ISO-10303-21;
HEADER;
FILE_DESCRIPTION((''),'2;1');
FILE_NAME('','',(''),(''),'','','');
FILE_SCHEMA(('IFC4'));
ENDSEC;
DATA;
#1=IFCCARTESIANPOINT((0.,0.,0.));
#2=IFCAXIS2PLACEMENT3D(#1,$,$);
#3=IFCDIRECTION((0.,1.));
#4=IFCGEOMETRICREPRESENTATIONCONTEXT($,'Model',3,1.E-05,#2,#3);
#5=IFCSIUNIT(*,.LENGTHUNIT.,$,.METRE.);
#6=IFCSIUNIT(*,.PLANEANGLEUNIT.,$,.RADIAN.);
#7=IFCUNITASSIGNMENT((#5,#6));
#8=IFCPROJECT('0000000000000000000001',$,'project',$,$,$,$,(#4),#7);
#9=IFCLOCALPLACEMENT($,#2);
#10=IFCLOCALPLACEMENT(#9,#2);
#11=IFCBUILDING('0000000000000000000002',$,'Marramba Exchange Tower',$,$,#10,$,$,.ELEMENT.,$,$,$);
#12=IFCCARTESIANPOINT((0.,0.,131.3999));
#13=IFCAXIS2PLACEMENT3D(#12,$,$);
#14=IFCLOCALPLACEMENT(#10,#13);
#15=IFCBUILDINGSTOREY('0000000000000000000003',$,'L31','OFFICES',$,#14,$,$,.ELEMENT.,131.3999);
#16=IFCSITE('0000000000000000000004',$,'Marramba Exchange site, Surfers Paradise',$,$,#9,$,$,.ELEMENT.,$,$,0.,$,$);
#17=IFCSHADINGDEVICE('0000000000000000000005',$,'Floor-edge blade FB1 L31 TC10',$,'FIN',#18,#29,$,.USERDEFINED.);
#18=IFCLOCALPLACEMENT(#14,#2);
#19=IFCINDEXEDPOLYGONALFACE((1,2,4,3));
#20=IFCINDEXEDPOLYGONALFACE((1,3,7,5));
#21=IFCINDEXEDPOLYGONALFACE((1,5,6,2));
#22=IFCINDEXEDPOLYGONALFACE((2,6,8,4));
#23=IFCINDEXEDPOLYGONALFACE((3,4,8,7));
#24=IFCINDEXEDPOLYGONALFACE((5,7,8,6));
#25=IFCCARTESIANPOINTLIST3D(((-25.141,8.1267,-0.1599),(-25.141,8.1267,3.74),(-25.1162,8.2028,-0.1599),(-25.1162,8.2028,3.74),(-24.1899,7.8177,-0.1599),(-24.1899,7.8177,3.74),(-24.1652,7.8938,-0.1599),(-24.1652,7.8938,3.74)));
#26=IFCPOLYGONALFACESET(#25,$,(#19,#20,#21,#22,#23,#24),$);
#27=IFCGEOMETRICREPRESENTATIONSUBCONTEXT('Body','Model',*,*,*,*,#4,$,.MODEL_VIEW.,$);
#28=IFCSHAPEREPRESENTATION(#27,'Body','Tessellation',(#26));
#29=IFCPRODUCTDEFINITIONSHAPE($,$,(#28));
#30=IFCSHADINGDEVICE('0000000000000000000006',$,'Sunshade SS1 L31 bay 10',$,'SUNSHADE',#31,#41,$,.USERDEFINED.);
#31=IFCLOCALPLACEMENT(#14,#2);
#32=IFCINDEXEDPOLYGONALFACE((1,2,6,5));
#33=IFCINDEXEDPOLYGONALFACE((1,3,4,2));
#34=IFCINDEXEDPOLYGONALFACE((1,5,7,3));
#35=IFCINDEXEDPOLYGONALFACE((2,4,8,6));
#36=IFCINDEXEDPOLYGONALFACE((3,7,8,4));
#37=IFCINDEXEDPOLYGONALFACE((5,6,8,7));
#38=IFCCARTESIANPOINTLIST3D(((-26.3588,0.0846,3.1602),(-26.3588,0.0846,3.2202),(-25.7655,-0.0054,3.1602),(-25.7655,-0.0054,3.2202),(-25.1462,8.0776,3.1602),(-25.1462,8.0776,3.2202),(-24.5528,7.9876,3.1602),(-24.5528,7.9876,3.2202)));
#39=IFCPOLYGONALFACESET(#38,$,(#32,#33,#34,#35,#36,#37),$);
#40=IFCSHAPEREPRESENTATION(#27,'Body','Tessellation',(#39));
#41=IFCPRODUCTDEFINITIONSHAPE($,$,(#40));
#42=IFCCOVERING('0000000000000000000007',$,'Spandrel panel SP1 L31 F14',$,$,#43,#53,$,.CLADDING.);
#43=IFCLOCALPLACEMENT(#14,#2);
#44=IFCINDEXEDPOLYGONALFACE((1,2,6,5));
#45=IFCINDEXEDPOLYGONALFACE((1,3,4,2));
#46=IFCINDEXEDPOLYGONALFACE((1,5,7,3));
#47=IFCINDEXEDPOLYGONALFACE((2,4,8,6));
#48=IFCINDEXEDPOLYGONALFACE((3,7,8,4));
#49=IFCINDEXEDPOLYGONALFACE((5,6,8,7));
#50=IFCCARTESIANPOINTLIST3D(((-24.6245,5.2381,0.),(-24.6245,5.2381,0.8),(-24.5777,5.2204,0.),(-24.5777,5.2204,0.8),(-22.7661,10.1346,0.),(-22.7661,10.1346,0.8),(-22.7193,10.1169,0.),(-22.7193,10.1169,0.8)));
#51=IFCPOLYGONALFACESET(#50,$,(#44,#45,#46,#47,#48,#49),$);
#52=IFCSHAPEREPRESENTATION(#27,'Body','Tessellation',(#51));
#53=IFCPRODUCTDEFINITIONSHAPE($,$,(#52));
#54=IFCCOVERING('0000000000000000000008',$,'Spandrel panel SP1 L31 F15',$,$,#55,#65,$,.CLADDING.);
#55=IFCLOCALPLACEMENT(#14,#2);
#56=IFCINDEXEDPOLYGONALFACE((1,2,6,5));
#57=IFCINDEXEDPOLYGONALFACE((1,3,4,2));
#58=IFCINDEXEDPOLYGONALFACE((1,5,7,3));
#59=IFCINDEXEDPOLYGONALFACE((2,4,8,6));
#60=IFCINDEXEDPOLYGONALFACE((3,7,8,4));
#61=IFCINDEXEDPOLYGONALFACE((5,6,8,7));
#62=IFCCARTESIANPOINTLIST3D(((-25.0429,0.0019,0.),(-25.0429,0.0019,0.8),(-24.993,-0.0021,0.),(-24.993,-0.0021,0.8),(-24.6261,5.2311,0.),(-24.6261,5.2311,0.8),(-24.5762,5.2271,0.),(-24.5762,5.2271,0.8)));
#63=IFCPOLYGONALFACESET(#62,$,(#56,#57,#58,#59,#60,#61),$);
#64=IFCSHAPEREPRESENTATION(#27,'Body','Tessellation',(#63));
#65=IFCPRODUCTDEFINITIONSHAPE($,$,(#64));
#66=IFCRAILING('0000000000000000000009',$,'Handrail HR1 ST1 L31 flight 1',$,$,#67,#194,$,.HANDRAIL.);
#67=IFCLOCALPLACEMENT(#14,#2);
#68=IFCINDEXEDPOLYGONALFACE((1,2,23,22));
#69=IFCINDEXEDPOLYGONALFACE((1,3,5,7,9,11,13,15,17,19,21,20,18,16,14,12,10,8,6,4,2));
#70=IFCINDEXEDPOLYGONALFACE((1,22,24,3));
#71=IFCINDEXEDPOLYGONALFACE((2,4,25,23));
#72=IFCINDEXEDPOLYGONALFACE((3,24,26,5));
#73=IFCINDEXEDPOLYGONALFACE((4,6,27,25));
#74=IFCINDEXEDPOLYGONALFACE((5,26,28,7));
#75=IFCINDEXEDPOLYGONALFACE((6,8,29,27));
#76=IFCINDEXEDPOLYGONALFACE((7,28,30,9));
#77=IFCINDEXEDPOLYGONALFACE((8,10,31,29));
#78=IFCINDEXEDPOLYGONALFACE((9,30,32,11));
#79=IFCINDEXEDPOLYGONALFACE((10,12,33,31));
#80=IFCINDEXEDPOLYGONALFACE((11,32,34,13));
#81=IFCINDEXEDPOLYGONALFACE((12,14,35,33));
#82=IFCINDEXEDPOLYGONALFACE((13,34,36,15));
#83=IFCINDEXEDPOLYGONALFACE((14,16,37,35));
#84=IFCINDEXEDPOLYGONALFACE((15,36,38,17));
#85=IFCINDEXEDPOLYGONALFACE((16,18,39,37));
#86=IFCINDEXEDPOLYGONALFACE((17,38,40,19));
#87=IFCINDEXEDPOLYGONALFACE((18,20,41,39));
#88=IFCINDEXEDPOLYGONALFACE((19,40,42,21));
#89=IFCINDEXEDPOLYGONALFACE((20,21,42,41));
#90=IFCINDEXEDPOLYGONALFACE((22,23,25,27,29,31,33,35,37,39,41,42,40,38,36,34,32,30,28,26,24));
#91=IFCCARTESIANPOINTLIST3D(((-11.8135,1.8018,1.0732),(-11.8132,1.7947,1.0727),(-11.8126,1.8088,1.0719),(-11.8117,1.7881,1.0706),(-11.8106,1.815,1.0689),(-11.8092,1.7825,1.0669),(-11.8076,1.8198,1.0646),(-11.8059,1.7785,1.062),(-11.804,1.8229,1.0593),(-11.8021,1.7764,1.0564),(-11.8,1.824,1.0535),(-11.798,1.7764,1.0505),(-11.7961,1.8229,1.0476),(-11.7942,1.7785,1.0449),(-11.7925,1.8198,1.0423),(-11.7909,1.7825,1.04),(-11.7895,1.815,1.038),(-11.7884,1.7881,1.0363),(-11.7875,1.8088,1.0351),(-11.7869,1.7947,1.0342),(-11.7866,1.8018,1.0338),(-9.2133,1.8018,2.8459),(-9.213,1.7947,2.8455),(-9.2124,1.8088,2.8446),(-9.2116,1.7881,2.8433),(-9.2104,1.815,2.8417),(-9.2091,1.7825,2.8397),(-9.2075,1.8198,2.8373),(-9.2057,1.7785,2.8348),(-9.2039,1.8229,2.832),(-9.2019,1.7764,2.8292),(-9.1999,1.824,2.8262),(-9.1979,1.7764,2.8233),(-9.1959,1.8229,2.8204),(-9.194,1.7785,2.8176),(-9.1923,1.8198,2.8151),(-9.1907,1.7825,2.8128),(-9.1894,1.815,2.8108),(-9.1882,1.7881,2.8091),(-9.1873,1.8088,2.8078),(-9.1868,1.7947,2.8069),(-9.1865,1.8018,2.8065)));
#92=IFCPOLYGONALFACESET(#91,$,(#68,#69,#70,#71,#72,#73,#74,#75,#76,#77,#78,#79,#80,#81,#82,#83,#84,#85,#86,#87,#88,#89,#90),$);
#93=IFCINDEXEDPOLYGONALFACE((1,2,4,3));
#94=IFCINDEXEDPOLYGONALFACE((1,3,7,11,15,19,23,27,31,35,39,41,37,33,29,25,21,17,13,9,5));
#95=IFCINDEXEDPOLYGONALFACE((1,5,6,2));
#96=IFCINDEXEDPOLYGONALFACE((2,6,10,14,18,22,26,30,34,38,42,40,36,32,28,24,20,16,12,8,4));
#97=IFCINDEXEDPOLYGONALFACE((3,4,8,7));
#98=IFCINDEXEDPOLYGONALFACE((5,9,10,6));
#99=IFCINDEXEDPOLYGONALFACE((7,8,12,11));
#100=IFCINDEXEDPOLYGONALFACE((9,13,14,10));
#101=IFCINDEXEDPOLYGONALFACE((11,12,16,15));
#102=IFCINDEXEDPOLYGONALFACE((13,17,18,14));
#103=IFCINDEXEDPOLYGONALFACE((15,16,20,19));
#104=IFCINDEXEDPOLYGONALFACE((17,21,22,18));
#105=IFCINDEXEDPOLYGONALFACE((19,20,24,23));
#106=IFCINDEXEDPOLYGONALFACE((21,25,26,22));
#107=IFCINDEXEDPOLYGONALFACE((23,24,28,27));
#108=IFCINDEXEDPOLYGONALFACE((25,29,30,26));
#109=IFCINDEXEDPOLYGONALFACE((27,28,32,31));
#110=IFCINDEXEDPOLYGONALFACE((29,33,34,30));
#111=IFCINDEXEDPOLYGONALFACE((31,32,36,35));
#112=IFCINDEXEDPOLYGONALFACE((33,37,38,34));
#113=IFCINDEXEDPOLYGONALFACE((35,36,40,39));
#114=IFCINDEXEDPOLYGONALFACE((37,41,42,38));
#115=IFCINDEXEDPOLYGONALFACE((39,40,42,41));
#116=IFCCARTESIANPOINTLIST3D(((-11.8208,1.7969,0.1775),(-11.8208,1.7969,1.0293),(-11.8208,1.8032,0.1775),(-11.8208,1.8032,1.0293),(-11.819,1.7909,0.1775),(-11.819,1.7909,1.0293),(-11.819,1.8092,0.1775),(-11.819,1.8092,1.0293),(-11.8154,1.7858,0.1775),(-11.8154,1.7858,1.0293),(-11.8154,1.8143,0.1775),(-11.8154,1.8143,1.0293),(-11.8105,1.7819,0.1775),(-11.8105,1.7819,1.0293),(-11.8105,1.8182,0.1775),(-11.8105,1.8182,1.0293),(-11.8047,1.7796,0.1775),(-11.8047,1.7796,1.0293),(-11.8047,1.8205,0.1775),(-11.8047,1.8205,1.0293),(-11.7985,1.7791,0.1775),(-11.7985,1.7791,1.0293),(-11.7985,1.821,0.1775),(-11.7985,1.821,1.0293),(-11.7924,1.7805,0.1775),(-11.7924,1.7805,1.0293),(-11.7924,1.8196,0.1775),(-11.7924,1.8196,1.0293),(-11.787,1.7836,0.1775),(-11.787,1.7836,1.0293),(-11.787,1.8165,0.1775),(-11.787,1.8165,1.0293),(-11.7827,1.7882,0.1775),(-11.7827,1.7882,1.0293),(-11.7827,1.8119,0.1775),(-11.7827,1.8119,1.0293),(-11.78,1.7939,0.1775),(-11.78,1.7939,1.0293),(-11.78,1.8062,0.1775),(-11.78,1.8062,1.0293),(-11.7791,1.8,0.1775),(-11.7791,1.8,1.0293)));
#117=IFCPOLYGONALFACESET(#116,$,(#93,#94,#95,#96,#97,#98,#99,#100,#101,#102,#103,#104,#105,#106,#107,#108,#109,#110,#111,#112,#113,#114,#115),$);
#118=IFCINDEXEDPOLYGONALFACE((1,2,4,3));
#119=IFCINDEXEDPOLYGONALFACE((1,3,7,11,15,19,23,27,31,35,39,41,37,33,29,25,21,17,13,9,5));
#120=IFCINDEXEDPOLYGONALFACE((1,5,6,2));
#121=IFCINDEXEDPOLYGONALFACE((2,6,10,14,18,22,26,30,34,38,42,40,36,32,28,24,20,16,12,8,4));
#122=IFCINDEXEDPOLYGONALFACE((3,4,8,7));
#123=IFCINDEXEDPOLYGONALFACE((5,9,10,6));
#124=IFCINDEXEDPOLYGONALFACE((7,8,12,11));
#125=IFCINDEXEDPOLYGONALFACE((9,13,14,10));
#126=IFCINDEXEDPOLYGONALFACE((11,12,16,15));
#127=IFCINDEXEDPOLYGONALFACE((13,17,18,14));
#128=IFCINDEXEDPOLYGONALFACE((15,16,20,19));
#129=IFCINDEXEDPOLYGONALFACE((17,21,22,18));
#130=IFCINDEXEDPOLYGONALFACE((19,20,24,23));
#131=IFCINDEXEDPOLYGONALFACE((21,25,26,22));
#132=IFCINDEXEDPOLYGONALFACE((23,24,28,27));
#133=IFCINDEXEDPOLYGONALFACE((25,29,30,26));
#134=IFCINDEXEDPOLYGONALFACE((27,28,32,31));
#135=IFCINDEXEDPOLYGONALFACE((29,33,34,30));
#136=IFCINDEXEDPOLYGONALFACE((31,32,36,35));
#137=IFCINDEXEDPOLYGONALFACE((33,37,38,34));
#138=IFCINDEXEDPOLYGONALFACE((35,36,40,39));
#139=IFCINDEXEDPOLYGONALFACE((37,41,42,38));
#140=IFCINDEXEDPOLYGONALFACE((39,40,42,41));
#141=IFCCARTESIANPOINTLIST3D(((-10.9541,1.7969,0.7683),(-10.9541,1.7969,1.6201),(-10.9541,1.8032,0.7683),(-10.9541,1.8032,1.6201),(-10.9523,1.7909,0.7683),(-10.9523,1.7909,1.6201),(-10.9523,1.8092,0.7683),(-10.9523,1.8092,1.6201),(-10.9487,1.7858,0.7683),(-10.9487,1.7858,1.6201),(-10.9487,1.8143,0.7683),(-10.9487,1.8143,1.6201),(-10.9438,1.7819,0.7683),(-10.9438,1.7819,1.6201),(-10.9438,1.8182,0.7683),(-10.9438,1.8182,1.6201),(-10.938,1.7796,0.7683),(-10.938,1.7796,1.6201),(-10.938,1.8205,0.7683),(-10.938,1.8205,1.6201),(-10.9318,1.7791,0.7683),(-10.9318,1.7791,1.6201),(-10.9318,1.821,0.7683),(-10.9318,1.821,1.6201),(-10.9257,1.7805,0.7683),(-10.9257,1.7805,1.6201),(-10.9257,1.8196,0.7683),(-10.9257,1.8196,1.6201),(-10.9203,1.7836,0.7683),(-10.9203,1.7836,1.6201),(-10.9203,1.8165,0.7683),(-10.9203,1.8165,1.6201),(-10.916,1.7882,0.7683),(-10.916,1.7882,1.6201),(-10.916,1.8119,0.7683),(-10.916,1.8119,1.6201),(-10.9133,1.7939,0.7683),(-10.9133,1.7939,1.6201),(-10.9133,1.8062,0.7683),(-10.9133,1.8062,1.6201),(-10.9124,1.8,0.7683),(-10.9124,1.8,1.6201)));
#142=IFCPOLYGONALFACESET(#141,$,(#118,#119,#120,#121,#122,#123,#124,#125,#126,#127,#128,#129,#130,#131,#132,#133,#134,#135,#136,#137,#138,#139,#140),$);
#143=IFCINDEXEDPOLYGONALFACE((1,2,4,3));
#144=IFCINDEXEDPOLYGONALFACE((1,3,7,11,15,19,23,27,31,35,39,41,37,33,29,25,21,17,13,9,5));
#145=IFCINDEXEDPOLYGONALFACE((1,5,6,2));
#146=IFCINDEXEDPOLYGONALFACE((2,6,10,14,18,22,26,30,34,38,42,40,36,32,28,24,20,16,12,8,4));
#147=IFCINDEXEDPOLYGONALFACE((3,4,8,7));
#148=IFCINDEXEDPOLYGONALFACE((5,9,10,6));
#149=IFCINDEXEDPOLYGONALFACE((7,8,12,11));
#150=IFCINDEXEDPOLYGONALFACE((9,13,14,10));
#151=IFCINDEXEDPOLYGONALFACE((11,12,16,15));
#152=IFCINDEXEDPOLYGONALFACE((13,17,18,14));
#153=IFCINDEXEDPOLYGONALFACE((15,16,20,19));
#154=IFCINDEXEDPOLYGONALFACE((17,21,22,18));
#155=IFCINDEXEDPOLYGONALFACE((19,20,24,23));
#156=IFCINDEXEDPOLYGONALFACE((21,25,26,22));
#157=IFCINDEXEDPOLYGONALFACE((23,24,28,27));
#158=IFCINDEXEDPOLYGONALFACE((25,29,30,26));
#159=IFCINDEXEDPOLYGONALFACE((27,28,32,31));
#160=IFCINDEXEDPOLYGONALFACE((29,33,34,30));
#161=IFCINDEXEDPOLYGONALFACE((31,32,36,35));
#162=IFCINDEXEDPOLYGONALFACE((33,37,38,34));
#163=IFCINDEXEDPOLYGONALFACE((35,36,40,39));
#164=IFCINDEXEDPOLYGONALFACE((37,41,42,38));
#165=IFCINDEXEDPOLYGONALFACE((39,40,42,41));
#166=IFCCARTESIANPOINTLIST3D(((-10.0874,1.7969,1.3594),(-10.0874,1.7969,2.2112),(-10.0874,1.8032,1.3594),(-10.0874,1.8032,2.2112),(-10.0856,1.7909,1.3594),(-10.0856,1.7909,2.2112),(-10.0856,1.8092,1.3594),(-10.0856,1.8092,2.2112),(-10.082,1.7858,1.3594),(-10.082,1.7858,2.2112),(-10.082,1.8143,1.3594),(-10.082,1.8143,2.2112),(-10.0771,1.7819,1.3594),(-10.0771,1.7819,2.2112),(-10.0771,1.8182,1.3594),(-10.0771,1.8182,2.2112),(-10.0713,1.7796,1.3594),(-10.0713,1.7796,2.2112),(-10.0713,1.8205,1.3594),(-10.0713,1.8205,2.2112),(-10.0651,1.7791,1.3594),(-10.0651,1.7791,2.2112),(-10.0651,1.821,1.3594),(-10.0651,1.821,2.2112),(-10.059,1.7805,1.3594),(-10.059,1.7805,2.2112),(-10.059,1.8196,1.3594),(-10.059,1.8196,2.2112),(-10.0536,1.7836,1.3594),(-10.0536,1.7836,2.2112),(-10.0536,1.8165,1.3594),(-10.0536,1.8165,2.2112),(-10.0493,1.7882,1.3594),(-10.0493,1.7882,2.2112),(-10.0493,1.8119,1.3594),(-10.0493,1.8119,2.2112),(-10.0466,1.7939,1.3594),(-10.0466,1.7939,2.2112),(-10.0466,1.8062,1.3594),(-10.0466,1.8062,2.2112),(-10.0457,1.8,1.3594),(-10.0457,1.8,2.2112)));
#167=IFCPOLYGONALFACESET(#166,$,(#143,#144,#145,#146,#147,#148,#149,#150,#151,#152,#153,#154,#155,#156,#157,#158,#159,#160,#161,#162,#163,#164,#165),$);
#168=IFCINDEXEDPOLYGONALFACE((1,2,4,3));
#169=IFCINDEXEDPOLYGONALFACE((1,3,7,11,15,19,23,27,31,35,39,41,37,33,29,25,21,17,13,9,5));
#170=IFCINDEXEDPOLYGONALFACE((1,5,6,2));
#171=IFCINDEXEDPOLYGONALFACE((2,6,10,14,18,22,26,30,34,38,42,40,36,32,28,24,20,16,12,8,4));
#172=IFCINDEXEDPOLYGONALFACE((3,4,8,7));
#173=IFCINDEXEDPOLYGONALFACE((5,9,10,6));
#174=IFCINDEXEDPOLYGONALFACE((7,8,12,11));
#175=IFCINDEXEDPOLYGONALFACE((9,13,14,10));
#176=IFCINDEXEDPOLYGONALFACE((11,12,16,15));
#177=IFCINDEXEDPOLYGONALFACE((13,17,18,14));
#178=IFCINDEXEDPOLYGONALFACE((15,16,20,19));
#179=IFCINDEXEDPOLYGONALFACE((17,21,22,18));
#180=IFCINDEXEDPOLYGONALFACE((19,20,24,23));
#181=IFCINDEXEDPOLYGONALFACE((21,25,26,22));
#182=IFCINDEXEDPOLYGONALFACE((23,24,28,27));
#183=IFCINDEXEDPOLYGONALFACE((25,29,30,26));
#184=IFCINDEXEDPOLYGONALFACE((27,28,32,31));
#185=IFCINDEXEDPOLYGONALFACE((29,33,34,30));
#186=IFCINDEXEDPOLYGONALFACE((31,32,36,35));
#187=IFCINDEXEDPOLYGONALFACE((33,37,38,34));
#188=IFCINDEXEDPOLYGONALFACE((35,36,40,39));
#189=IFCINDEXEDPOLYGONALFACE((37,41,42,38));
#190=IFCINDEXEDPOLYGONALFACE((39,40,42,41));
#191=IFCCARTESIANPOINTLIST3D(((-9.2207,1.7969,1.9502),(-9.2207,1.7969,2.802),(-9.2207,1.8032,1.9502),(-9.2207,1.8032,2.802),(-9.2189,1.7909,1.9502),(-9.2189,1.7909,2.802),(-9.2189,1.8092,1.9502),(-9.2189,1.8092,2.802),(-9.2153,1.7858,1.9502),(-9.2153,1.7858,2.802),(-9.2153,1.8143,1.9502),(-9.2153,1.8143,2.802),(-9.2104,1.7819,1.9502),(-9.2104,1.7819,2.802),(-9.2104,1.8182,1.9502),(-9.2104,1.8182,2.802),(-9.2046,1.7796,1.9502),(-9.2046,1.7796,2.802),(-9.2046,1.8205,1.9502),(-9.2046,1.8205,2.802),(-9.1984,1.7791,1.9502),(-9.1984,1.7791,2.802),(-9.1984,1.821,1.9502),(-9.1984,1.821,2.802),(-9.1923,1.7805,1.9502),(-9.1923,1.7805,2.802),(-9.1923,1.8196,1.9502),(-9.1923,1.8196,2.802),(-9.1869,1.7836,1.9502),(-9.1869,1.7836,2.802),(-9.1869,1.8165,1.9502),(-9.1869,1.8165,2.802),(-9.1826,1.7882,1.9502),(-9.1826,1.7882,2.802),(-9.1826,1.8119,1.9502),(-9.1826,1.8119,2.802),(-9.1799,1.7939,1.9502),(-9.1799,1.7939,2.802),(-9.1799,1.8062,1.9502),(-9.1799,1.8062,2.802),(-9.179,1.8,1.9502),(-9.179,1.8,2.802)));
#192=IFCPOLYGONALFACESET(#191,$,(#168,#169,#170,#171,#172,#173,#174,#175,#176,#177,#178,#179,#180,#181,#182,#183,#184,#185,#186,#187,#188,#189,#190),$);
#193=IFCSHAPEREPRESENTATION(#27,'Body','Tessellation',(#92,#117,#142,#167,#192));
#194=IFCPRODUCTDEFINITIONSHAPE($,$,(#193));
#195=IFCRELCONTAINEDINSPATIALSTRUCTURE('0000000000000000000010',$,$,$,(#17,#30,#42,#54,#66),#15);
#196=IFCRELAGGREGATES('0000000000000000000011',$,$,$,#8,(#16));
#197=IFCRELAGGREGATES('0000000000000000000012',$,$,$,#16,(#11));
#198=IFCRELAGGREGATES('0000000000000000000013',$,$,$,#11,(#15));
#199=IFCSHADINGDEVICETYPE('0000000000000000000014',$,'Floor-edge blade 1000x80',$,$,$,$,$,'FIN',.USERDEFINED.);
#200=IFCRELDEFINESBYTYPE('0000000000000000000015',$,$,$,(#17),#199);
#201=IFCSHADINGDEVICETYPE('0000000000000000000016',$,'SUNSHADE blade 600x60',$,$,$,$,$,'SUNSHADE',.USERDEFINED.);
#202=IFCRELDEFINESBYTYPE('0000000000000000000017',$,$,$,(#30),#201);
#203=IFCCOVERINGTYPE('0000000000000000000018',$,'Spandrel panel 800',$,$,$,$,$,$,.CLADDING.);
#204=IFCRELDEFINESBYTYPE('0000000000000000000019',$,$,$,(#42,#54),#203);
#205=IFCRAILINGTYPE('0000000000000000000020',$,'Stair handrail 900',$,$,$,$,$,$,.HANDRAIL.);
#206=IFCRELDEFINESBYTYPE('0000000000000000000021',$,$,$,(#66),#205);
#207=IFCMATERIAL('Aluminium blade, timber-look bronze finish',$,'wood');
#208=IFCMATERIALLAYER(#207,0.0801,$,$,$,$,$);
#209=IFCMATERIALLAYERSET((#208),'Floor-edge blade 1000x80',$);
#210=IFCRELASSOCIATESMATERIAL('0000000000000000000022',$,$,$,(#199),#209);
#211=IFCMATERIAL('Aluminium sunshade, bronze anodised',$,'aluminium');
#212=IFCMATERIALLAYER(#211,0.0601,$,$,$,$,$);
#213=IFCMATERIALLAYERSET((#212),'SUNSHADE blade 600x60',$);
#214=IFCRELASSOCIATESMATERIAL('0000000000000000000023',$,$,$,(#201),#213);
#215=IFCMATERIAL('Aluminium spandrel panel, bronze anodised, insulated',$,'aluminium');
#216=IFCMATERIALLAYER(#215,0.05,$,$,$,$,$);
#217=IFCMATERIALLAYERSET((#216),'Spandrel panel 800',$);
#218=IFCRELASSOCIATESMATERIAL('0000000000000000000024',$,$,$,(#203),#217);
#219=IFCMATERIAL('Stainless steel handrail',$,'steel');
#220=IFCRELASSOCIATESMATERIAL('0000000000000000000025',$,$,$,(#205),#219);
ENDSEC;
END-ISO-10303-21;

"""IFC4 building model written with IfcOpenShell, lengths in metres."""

from ifc_helpers import new_model, si_unit, direction, frame, origin, origin_2d, place, context, subcontext, project, spatial, rectangle, circle, extrude, material, layer, layer_set, type_object, element, save


model = new_model("IFC4")

# Units and contexts
model_context = context("Model", 3, precision=1e-05, world=origin(), true_north=direction((0.0, 1.0)))
body_context = subcontext(model_context, "Body", "Model", "MODEL_VIEW")
ifc_project = project(units=[si_unit("LENGTHUNIT", "METRE"), si_unit("PLANEANGLEUNIT", "RADIAN")], contexts=[model_context])

# Site, building, storey
site_placement = place(None, origin())
site = spatial("IfcSite", under=ifc_project, at=site_placement, Name="Marramba Exchange site, Surfers Paradise", CompositionType="ELEMENT", RefElevation=0.0)
building_placement = place(site_placement, origin())
building = spatial("IfcBuilding", under=site, at=building_placement, Name="Marramba Exchange Tower", CompositionType="ELEMENT")
storey_placement = place(building_placement, frame((0.0, 0.0, 131.3999)))
storey = spatial("IfcBuildingStorey", under=building, at=storey_placement, Name="L31", Description="OFFICES", CompositionType="ELEMENT", Elevation=131.3999)

# Shading devices
ifc_material_1 = material(Name="Aluminium blade, timber-look bronze finish", Category="wood")
ifc_layer_1 = layer(ifc_material_1, 0.0801)
ifc_layer_set_1 = layer_set([ifc_layer_1], Name="Floor-edge blade 1000x80")
shading_device_type_1 = type_object("IfcShadingDeviceType", Name="Floor-edge blade 1000x80", ElementType="FIN", PredefinedType="USERDEFINED", material=ifc_layer_set_1)
shading_device_1_placement = place(storey_placement, frame((-24.6531, 8.0103, -0.1599), z_axis=(0.0, 0.0, 1.0), x_axis=(-0.951057, 0.309017, 0.0)))
element("IfcShadingDevice", 1, at=shading_device_1_placement, inside=storey, type_object=shading_device_type_1, Name="Floor-edge blade FB1 L31 TC10", ObjectType="FIN", PredefinedType="USERDEFINED", context=body_context, shape_type="SweptSolid", body=[
    extrude(rectangle(XDim=1.0, YDim=0.0801, at=origin_2d()), origin(), (0.0, 0.0, 1.0), 3.8999),
])
ifc_material_2 = material(Name="Aluminium sunshade, bronze anodised", Category="aluminium")
ifc_layer_2 = layer(ifc_material_2, 0.0601)
ifc_layer_set_2 = layer_set([ifc_layer_2], Name="SUNSHADE blade 600x60")
shading_device_type_2 = type_object("IfcShadingDeviceType", Name="SUNSHADE blade 600x60", ElementType="SUNSHADE", PredefinedType="USERDEFINED", material=ifc_layer_set_2)
shading_device_2_placement = place(storey_placement, frame((-25.4558, 4.0361, 3.1602), z_axis=(0.0, 0.0, 1.0), x_axis=(-0.149993, -0.988687, 0.0)))
element("IfcShadingDevice", 2, at=shading_device_2_placement, inside=storey, type_object=shading_device_type_2, Name="Sunshade SS1 L31 bay 10", ObjectType="SUNSHADE", PredefinedType="USERDEFINED", context=body_context, shape_type="SweptSolid", body=[
    extrude(rectangle(XDim=8.0845, YDim=0.6001, at=origin_2d()), origin(), (0.0, 0.0, 1.0), 0.0601),
])

# Coverings
ifc_material_3 = material(Name="Aluminium spandrel panel, bronze anodised, insulated", Category="aluminium")
ifc_layer_3 = layer(ifc_material_3, 0.05)
ifc_layer_set_3 = layer_set([ifc_layer_3], Name="Spandrel panel 800")
covering_type = type_object("IfcCoveringType", Name="Spandrel panel 800", PredefinedType="CLADDING", material=ifc_layer_set_3)
covering_1_placement = place(storey_placement, frame((-23.6719, 7.6775, 0.0), z_axis=(0.0, 0.0, 1.0), x_axis=(-0.354844, -0.934925, 0.0)))
element("IfcCovering", 3, at=covering_1_placement, inside=storey, type_object=covering_type, Name="Spandrel panel SP1 L31 F14", PredefinedType="CLADDING", context=body_context, shape_type="SweptSolid", body=[
    extrude(rectangle(XDim=5.2373, YDim=0.05, at=origin_2d()), origin(), (0.0, 0.0, 1.0), 0.8),
])
covering_2_placement = place(storey_placement, frame((-24.8096, 2.6145, 0.0), z_axis=(0.0, 0.0, 1.0), x_axis=(-0.07946, -0.996838, 0.0)))
element("IfcCovering", 4, at=covering_2_placement, inside=storey, type_object=covering_type, Name="Spandrel panel SP1 L31 F15", PredefinedType="CLADDING", context=body_context, shape_type="SweptSolid", body=[
    extrude(rectangle(XDim=5.2458, YDim=0.05, at=origin_2d()), origin(), (0.0, 0.0, 1.0), 0.8),
])

# Railing
ifc_material_4 = material(Name="Stainless steel handrail", Category="steel")
railing_type = type_object("IfcRailingType", Name="Stair handrail 900", PredefinedType="HANDRAIL", material=ifc_material_4)
railing_placement = place(storey_placement, frame((-11.8, 1.8, 0.1775)))
element("IfcRailing", 5, at=railing_placement, inside=storey, type_object=railing_type, Name="Handrail HR1 ST1 L31 flight 1", PredefinedType="HANDRAIL", context=body_context, shape_type="SweptSolid", body=[
    extrude(circle(Radius=0.0239, at=origin_2d()), frame((0.0, 0.0, 0.876), z_axis=(0.82624, 0.0, 0.563318), x_axis=(0.0, 1.0, 0.0)), (0.0, 0.0, 1.0), 3.147),
    extrude(circle(Radius=0.021, at=origin_2d()), origin(), (0.0, 0.0, 1.0), 0.8518),
    extrude(circle(Radius=0.021, at=origin_2d()), frame((0.8667, 0.0, 0.5908)), (0.0, 0.0, 1.0), 0.8518),
    extrude(circle(Radius=0.021, at=origin_2d()), frame((1.7334, 0.0, 1.1819)), (0.0, 0.0, 1.0), 0.8518),
    extrude(circle(Radius=0.021, at=origin_2d()), frame((2.6001, 0.0, 1.7727)), (0.0, 0.0, 1.0), 0.8518),
])

save(model, "model.ifc")
